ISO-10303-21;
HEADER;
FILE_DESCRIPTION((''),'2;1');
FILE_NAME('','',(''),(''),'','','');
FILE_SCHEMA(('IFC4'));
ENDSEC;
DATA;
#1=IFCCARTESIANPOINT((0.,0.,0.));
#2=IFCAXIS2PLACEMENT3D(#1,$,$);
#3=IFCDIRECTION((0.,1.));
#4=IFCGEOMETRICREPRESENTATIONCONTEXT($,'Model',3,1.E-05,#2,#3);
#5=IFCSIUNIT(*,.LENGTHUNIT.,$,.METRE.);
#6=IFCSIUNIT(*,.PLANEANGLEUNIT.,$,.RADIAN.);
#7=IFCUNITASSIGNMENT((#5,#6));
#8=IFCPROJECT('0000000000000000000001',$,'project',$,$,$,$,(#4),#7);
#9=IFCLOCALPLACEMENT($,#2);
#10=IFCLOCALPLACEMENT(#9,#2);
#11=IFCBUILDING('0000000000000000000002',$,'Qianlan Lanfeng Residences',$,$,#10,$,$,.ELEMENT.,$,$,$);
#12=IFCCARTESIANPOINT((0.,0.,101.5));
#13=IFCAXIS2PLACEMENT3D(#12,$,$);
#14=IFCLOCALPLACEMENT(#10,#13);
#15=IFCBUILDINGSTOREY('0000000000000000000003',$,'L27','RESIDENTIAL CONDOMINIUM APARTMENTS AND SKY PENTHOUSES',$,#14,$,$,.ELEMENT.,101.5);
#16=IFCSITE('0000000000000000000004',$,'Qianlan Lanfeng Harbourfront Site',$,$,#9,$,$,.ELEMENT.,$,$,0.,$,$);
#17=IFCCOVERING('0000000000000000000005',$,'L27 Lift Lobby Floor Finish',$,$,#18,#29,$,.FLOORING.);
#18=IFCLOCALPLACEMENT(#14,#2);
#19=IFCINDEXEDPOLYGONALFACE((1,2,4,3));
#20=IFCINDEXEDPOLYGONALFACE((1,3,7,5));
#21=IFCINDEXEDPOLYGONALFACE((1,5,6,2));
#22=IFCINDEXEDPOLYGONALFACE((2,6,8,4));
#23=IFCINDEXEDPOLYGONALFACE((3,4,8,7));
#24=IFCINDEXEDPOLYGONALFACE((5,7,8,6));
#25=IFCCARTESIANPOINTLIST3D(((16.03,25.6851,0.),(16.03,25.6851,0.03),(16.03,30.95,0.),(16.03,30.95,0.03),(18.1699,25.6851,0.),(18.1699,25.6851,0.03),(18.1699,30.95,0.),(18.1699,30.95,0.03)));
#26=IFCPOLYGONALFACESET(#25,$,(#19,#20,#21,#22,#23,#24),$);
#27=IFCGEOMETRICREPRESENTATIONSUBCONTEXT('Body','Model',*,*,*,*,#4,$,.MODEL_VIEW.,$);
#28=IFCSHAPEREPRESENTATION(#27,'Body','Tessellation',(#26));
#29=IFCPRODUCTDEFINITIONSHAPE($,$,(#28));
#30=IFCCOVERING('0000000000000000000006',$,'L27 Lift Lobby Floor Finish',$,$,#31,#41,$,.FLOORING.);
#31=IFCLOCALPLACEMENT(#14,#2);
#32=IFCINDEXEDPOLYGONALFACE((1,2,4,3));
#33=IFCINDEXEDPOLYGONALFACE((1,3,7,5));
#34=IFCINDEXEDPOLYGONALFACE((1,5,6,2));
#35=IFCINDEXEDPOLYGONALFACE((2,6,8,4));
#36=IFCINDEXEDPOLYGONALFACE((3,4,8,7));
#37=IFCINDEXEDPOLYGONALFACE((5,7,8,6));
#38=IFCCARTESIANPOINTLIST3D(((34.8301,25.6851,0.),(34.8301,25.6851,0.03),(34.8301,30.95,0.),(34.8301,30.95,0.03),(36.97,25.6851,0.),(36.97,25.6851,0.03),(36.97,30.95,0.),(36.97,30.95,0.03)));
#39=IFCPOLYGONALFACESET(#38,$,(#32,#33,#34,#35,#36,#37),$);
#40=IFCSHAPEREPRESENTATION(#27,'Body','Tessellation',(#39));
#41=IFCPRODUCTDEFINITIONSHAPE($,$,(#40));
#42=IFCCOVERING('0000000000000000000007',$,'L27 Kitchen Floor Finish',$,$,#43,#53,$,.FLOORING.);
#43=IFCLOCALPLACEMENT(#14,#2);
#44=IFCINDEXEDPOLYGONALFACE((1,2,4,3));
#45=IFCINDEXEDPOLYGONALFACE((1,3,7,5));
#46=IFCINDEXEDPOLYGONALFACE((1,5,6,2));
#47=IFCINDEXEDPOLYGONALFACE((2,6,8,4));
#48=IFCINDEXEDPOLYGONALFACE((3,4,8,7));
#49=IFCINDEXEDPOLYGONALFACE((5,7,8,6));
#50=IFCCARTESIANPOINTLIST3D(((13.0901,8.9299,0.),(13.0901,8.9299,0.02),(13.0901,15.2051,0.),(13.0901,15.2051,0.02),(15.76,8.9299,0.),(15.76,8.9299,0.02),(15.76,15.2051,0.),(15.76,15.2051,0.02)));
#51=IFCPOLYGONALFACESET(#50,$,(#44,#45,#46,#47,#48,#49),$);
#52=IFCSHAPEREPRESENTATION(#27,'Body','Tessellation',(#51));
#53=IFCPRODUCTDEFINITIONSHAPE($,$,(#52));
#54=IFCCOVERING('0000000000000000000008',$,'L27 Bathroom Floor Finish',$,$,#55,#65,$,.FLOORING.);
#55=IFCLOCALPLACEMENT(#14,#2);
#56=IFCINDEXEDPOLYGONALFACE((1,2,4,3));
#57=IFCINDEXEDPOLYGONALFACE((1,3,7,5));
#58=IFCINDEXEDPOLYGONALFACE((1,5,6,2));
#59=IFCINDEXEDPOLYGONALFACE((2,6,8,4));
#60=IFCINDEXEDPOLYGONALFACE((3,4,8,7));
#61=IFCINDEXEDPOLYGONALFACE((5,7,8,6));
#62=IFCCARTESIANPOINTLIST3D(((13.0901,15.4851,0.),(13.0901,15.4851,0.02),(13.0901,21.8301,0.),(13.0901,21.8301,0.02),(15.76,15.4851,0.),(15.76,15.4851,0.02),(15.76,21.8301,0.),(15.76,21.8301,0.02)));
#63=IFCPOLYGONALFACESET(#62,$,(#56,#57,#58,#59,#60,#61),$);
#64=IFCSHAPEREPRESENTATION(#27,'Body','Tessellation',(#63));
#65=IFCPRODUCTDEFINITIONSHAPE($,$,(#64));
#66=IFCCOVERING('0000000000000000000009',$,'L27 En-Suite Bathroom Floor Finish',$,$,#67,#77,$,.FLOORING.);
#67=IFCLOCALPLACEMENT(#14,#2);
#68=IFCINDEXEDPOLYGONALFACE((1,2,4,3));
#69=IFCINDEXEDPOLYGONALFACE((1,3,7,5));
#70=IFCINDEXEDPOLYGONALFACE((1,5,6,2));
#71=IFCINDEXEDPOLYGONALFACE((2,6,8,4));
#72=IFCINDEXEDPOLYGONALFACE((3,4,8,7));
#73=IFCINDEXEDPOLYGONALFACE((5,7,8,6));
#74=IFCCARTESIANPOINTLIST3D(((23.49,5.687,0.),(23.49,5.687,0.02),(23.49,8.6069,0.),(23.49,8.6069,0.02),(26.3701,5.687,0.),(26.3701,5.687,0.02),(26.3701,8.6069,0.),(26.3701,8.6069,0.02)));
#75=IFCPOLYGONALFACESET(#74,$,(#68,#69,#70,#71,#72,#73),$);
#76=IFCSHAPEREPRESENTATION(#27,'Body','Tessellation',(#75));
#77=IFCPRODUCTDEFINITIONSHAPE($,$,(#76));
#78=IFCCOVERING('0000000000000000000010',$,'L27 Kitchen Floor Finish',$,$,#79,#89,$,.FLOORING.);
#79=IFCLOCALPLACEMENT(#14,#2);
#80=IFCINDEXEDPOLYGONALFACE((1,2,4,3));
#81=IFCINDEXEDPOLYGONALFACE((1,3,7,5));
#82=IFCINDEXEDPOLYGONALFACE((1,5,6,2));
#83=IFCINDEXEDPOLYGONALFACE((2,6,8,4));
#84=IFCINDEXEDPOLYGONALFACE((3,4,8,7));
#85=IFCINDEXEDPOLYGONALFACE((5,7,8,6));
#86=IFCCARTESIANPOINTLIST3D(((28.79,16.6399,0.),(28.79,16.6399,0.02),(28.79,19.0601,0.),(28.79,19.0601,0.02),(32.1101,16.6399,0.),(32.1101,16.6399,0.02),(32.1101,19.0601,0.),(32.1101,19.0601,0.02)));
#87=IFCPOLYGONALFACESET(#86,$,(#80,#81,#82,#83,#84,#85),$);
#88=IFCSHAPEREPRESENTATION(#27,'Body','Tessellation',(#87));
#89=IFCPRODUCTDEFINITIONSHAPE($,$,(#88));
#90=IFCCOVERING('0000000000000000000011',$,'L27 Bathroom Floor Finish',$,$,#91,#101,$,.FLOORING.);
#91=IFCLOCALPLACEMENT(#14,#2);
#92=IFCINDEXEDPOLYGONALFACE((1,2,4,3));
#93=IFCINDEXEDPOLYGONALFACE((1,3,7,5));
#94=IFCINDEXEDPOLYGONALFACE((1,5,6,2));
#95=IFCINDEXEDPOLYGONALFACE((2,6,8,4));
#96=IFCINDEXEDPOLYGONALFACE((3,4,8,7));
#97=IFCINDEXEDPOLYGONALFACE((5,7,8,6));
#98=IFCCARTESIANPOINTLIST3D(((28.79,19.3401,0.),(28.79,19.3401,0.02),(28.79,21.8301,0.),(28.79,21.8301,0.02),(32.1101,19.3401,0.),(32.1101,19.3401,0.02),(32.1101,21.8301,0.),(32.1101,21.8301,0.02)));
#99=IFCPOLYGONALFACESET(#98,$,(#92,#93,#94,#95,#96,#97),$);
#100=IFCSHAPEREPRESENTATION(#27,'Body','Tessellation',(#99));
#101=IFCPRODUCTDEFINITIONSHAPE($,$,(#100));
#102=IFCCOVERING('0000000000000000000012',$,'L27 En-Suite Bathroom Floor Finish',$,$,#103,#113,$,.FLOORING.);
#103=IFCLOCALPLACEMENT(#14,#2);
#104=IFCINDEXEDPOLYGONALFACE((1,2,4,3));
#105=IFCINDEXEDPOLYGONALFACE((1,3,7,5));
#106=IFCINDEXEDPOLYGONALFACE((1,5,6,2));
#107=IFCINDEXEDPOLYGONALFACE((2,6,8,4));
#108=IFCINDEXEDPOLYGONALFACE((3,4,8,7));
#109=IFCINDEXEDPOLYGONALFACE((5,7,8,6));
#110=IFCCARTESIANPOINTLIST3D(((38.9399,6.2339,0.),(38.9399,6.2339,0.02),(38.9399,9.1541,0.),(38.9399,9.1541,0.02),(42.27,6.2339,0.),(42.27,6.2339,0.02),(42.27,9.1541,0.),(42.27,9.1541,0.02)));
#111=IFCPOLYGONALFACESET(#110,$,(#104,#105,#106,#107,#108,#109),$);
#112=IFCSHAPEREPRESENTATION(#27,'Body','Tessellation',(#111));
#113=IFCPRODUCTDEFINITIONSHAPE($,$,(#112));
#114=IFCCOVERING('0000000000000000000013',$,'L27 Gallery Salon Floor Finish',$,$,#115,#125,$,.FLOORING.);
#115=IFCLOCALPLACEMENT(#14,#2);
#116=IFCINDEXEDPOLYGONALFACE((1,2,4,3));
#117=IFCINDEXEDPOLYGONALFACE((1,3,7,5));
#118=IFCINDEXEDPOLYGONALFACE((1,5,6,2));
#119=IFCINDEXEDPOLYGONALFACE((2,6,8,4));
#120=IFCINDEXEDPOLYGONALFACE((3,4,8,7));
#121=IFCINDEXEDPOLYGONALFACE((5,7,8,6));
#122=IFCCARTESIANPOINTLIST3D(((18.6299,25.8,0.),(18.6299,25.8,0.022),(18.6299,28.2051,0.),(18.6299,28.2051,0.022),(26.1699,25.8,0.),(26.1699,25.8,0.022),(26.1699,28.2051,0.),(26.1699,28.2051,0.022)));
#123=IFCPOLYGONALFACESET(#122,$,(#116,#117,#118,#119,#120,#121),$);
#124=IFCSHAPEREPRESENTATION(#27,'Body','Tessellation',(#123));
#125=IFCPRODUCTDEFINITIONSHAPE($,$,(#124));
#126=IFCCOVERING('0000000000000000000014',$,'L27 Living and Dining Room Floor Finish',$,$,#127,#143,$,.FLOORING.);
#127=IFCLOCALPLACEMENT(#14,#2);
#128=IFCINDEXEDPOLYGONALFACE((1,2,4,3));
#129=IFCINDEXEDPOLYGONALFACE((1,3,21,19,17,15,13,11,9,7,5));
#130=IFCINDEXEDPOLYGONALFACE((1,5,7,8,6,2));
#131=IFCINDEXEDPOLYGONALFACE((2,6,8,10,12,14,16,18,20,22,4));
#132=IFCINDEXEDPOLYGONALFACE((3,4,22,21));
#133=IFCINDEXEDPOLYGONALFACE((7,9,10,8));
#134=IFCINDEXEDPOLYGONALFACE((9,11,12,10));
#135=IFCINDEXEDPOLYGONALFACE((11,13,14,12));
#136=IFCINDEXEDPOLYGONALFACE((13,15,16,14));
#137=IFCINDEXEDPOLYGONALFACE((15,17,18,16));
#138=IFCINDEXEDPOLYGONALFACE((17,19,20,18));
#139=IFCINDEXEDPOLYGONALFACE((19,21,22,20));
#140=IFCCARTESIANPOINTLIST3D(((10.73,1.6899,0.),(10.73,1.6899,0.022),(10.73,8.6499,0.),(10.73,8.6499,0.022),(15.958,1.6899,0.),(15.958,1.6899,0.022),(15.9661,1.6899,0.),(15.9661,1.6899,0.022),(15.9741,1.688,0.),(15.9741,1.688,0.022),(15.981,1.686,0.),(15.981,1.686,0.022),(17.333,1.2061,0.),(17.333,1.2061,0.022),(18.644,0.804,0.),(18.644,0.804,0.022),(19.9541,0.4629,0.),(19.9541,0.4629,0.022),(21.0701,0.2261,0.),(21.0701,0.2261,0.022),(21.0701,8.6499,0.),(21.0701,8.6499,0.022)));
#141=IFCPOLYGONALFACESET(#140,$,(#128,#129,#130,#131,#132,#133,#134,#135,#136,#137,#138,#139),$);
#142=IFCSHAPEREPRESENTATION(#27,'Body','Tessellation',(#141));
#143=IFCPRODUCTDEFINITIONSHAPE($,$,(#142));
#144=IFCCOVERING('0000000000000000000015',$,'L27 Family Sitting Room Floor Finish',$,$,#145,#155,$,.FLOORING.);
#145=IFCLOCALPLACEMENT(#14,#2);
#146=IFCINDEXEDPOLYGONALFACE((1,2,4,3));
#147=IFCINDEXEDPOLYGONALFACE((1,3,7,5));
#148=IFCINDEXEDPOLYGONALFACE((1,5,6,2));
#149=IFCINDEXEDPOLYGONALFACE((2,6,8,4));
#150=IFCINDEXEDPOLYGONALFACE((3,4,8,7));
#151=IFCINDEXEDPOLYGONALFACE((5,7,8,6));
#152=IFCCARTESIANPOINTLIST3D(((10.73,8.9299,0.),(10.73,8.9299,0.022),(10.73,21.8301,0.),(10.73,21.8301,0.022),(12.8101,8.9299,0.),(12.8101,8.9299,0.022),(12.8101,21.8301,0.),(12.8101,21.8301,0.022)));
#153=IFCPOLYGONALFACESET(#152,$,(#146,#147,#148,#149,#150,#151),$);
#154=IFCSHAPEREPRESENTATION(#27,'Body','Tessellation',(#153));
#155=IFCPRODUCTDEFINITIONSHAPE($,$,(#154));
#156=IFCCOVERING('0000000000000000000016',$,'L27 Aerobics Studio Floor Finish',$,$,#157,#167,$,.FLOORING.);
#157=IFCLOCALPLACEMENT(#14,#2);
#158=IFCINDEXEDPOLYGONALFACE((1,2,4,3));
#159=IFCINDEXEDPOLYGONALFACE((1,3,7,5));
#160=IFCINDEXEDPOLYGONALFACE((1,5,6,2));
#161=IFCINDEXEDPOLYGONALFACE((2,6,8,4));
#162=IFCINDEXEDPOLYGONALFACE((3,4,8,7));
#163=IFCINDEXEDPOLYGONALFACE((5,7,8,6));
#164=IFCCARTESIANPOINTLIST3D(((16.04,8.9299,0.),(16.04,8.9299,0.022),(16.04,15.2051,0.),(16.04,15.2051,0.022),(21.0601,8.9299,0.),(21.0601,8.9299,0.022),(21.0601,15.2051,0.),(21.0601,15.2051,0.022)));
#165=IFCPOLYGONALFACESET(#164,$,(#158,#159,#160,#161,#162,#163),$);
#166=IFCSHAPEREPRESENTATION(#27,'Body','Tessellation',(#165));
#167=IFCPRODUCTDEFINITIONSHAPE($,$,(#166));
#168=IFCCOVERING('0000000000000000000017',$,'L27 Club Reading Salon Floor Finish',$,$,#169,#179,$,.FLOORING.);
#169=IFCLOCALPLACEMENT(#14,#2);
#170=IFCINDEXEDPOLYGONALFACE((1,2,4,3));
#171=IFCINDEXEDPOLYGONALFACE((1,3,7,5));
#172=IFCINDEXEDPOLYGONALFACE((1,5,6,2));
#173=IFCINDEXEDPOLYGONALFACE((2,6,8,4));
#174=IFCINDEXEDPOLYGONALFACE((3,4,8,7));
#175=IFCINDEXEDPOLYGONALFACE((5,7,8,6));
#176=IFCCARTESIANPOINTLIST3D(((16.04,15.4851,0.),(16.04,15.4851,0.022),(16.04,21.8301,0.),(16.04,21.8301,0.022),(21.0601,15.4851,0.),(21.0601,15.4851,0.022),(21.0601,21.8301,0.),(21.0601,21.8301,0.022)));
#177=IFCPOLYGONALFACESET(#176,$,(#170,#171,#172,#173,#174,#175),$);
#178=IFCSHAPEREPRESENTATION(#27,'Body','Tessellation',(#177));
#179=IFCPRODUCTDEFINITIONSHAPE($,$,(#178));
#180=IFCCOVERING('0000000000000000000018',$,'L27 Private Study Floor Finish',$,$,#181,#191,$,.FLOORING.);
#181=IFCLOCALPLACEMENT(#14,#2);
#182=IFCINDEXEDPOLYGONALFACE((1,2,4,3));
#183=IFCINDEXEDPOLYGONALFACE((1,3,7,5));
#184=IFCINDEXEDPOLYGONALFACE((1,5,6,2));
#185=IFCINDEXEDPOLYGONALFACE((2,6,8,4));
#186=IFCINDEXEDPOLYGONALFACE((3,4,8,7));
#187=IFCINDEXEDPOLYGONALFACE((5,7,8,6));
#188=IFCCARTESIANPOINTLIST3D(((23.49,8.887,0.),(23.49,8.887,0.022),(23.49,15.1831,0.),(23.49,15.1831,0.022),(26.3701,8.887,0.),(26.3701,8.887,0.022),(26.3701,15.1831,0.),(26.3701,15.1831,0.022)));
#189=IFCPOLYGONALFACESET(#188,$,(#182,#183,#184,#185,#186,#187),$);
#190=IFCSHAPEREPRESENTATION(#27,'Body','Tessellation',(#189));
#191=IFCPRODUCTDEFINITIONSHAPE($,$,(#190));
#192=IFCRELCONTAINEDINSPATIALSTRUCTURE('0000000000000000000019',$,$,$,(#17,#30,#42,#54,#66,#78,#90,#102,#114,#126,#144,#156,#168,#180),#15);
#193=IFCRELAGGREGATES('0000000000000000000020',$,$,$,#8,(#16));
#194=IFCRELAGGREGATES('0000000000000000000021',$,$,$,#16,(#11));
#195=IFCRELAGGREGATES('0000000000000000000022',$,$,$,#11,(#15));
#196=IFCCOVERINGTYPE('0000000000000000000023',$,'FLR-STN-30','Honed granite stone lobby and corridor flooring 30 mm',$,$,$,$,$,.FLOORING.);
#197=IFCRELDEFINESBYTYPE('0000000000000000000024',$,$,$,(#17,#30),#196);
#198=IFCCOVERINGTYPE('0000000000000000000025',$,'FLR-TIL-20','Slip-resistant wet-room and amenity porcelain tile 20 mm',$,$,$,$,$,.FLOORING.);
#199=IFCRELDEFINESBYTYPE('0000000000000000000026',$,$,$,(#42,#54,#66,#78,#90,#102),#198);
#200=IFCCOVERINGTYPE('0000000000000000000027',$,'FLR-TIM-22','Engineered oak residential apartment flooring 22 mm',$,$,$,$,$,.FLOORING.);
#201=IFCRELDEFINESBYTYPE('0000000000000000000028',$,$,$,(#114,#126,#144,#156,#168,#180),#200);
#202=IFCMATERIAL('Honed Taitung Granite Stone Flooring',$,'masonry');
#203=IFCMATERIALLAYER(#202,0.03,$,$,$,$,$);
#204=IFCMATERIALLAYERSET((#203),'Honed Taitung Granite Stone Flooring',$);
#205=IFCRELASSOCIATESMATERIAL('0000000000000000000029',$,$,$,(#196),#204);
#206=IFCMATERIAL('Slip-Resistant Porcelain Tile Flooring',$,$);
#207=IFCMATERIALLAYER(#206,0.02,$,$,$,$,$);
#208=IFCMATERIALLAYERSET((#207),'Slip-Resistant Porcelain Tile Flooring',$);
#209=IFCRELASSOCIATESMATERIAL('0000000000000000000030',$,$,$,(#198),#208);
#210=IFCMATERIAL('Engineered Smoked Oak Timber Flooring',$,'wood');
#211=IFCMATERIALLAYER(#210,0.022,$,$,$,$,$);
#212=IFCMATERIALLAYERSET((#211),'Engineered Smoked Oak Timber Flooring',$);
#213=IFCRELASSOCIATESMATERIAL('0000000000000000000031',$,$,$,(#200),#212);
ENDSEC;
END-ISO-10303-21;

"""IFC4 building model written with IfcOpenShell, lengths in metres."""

from ifc_helpers import new_model, si_unit, direction, frame, origin, place, context, subcontext, project, spatial, polyline, outline, extrude, material, layer, layer_set, type_object, element, save


model = new_model("IFC4")

# Units and contexts
model_context = context("Model", 3, precision=1e-05, world=origin(), true_north=direction((0.0, 1.0)))
body_context = subcontext(model_context, "Body", "Model", "MODEL_VIEW")
ifc_project = project(units=[si_unit("LENGTHUNIT", "METRE"), si_unit("PLANEANGLEUNIT", "RADIAN")], contexts=[model_context])

# Site, building, storey
site_placement = place(None, origin())
site = spatial("IfcSite", under=ifc_project, at=site_placement, Name="Qianlan Lanfeng Harbourfront Site", CompositionType="ELEMENT", RefElevation=0.0)
building_placement = place(site_placement, origin())
building = spatial("IfcBuilding", under=site, at=building_placement, Name="Qianlan Lanfeng Residences", CompositionType="ELEMENT")
storey_placement = place(building_placement, frame((0.0, 0.0, 101.5)))
storey = spatial("IfcBuildingStorey", under=building, at=storey_placement, Name="L27", Description="RESIDENTIAL CONDOMINIUM APARTMENTS AND SKY PENTHOUSES", CompositionType="ELEMENT", Elevation=101.5)

# Coverings
ifc_material_1 = material(Name="Honed Taitung Granite Stone Flooring", Category="masonry")
ifc_layer_1 = layer(ifc_material_1, 0.03)
ifc_layer_set_1 = layer_set([ifc_layer_1], Name="Honed Taitung Granite Stone Flooring")
covering_type_1 = type_object("IfcCoveringType", Name="FLR-STN-30", Description="Honed granite stone lobby and corridor flooring 30 mm", PredefinedType="FLOORING", material=ifc_layer_set_1)
covering_1_placement = place(storey_placement, origin())
element("IfcCovering", 1, at=covering_1_placement, inside=storey, type_object=covering_type_1, Name="L27 Lift Lobby Floor Finish", PredefinedType="FLOORING", context=body_context, shape_type="SweptSolid", body=[
    extrude(outline(polyline([(16.03, 25.6851), (18.1699, 25.6851), (18.1699, 30.95), (16.03, 30.95), (16.03, 25.6851)])), origin(), (0.0, 0.0, 1.0), 0.03),
])
covering_2_placement = place(storey_placement, origin())
element("IfcCovering", 2, at=covering_2_placement, inside=storey, type_object=covering_type_1, Name="L27 Lift Lobby Floor Finish", PredefinedType="FLOORING", context=body_context, shape_type="SweptSolid", body=[
    extrude(outline(polyline([(34.8301, 25.6851), (36.97, 25.6851), (36.97, 30.95), (34.8301, 30.95), (34.8301, 25.6851)])), origin(), (0.0, 0.0, 1.0), 0.03),
])
ifc_material_2 = material(Name="Slip-Resistant Porcelain Tile Flooring")
ifc_layer_2 = layer(ifc_material_2, 0.02)
ifc_layer_set_2 = layer_set([ifc_layer_2], Name="Slip-Resistant Porcelain Tile Flooring")
covering_type_2 = type_object("IfcCoveringType", Name="FLR-TIL-20", Description="Slip-resistant wet-room and amenity porcelain tile 20 mm", PredefinedType="FLOORING", material=ifc_layer_set_2)
covering_3_placement = place(storey_placement, origin())
element("IfcCovering", 3, at=covering_3_placement, inside=storey, type_object=covering_type_2, Name="L27 Kitchen Floor Finish", PredefinedType="FLOORING", context=body_context, shape_type="SweptSolid", body=[
    extrude(outline(polyline([(13.0901, 8.9299), (15.76, 8.9299), (15.76, 15.2051), (13.0901, 15.2051), (13.0901, 8.9299)])), origin(), (0.0, 0.0, 1.0), 0.02),
])
covering_4_placement = place(storey_placement, origin())
element("IfcCovering", 4, at=covering_4_placement, inside=storey, type_object=covering_type_2, Name="L27 Bathroom Floor Finish", PredefinedType="FLOORING", context=body_context, shape_type="SweptSolid", body=[
    extrude(outline(polyline([(13.0901, 15.4851), (15.76, 15.4851), (15.76, 21.8301), (13.0901, 21.8301), (13.0901, 15.4851)])), origin(), (0.0, 0.0, 1.0), 0.02),
])
covering_5_placement = place(storey_placement, origin())
element("IfcCovering", 5, at=covering_5_placement, inside=storey, type_object=covering_type_2, Name="L27 En-Suite Bathroom Floor Finish", PredefinedType="FLOORING", context=body_context, shape_type="SweptSolid", body=[
    extrude(outline(polyline([(23.49, 5.687), (26.3701, 5.687), (26.3701, 8.6069), (23.49, 8.6069), (23.49, 5.687)])), origin(), (0.0, 0.0, 1.0), 0.02),
])
covering_6_placement = place(storey_placement, origin())
element("IfcCovering", 6, at=covering_6_placement, inside=storey, type_object=covering_type_2, Name="L27 Kitchen Floor Finish", PredefinedType="FLOORING", context=body_context, shape_type="SweptSolid", body=[
    extrude(outline(polyline([(28.79, 16.6399), (32.1101, 16.6399), (32.1101, 19.0601), (28.79, 19.0601), (28.79, 16.6399)])), origin(), (0.0, 0.0, 1.0), 0.02),
])
covering_7_placement = place(storey_placement, origin())
element("IfcCovering", 7, at=covering_7_placement, inside=storey, type_object=covering_type_2, Name="L27 Bathroom Floor Finish", PredefinedType="FLOORING", context=body_context, shape_type="SweptSolid", body=[
    extrude(outline(polyline([(28.79, 19.3401), (32.1101, 19.3401), (32.1101, 21.8301), (28.79, 21.8301), (28.79, 19.3401)])), origin(), (0.0, 0.0, 1.0), 0.02),
])
covering_8_placement = place(storey_placement, origin())
element("IfcCovering", 8, at=covering_8_placement, inside=storey, type_object=covering_type_2, Name="L27 En-Suite Bathroom Floor Finish", PredefinedType="FLOORING", context=body_context, shape_type="SweptSolid", body=[
    extrude(outline(polyline([(38.9399, 6.2339), (42.27, 6.2339), (42.27, 9.1541), (38.9399, 9.1541), (38.9399, 6.2339)])), origin(), (0.0, 0.0, 1.0), 0.02),
])
ifc_material_3 = material(Name="Engineered Smoked Oak Timber Flooring", Category="wood")
ifc_layer_3 = layer(ifc_material_3, 0.022)
ifc_layer_set_3 = layer_set([ifc_layer_3], Name="Engineered Smoked Oak Timber Flooring")
covering_type_3 = type_object("IfcCoveringType", Name="FLR-TIM-22", Description="Engineered oak residential apartment flooring 22 mm", PredefinedType="FLOORING", material=ifc_layer_set_3)
covering_9_placement = place(storey_placement, origin())
element("IfcCovering", 9, at=covering_9_placement, inside=storey, type_object=covering_type_3, Name="L27 Gallery Salon Floor Finish", PredefinedType="FLOORING", context=body_context, shape_type="SweptSolid", body=[
    extrude(outline(polyline([(18.6299, 25.8), (26.1699, 25.8), (26.1699, 28.2051), (18.6299, 28.2051), (18.6299, 25.8)])), origin(), (0.0, 0.0, 1.0), 0.022),
])
covering_10_placement = place(storey_placement, origin())
element("IfcCovering", 10, at=covering_10_placement, inside=storey, type_object=covering_type_3, Name="L27 Living and Dining Room Floor Finish", PredefinedType="FLOORING", context=body_context, shape_type="SweptSolid", body=[
    extrude(outline(polyline([(10.73, 8.6499), (10.73, 1.6899), (15.958, 1.6899), (15.9661, 1.6899), (15.9741, 1.688), (15.981, 1.686), (17.333, 1.2061), (18.644, 0.804), (19.9541, 0.4629), (21.0701, 0.2261), (21.0701, 8.6499), (10.73, 8.6499)])), origin(), (0.0, 0.0, 1.0), 0.022),
])
covering_11_placement = place(storey_placement, origin())
element("IfcCovering", 11, at=covering_11_placement, inside=storey, type_object=covering_type_3, Name="L27 Family Sitting Room Floor Finish", PredefinedType="FLOORING", context=body_context, shape_type="SweptSolid", body=[
    extrude(outline(polyline([(10.73, 8.9299), (12.8101, 8.9299), (12.8101, 21.8301), (10.73, 21.8301), (10.73, 8.9299)])), origin(), (0.0, 0.0, 1.0), 0.022),
])
covering_12_placement = place(storey_placement, origin())
element("IfcCovering", 12, at=covering_12_placement, inside=storey, type_object=covering_type_3, Name="L27 Aerobics Studio Floor Finish", PredefinedType="FLOORING", context=body_context, shape_type="SweptSolid", body=[
    extrude(outline(polyline([(16.04, 8.9299), (21.0601, 8.9299), (21.0601, 15.2051), (16.04, 15.2051), (16.04, 8.9299)])), origin(), (0.0, 0.0, 1.0), 0.022),
])
covering_13_placement = place(storey_placement, origin())
element("IfcCovering", 13, at=covering_13_placement, inside=storey, type_object=covering_type_3, Name="L27 Club Reading Salon Floor Finish", PredefinedType="FLOORING", context=body_context, shape_type="SweptSolid", body=[
    extrude(outline(polyline([(16.04, 15.4851), (21.0601, 15.4851), (21.0601, 21.8301), (16.04, 21.8301), (16.04, 15.4851)])), origin(), (0.0, 0.0, 1.0), 0.022),
])
covering_14_placement = place(storey_placement, origin())
element("IfcCovering", 14, at=covering_14_placement, inside=storey, type_object=covering_type_3, Name="L27 Private Study Floor Finish", PredefinedType="FLOORING", context=body_context, shape_type="SweptSolid", body=[
    extrude(outline(polyline([(23.49, 8.887), (26.3701, 8.887), (26.3701, 15.1831), (23.49, 15.1831), (23.49, 8.887)])), origin(), (0.0, 0.0, 1.0), 0.022),
])

save(model, "model.ifc")
